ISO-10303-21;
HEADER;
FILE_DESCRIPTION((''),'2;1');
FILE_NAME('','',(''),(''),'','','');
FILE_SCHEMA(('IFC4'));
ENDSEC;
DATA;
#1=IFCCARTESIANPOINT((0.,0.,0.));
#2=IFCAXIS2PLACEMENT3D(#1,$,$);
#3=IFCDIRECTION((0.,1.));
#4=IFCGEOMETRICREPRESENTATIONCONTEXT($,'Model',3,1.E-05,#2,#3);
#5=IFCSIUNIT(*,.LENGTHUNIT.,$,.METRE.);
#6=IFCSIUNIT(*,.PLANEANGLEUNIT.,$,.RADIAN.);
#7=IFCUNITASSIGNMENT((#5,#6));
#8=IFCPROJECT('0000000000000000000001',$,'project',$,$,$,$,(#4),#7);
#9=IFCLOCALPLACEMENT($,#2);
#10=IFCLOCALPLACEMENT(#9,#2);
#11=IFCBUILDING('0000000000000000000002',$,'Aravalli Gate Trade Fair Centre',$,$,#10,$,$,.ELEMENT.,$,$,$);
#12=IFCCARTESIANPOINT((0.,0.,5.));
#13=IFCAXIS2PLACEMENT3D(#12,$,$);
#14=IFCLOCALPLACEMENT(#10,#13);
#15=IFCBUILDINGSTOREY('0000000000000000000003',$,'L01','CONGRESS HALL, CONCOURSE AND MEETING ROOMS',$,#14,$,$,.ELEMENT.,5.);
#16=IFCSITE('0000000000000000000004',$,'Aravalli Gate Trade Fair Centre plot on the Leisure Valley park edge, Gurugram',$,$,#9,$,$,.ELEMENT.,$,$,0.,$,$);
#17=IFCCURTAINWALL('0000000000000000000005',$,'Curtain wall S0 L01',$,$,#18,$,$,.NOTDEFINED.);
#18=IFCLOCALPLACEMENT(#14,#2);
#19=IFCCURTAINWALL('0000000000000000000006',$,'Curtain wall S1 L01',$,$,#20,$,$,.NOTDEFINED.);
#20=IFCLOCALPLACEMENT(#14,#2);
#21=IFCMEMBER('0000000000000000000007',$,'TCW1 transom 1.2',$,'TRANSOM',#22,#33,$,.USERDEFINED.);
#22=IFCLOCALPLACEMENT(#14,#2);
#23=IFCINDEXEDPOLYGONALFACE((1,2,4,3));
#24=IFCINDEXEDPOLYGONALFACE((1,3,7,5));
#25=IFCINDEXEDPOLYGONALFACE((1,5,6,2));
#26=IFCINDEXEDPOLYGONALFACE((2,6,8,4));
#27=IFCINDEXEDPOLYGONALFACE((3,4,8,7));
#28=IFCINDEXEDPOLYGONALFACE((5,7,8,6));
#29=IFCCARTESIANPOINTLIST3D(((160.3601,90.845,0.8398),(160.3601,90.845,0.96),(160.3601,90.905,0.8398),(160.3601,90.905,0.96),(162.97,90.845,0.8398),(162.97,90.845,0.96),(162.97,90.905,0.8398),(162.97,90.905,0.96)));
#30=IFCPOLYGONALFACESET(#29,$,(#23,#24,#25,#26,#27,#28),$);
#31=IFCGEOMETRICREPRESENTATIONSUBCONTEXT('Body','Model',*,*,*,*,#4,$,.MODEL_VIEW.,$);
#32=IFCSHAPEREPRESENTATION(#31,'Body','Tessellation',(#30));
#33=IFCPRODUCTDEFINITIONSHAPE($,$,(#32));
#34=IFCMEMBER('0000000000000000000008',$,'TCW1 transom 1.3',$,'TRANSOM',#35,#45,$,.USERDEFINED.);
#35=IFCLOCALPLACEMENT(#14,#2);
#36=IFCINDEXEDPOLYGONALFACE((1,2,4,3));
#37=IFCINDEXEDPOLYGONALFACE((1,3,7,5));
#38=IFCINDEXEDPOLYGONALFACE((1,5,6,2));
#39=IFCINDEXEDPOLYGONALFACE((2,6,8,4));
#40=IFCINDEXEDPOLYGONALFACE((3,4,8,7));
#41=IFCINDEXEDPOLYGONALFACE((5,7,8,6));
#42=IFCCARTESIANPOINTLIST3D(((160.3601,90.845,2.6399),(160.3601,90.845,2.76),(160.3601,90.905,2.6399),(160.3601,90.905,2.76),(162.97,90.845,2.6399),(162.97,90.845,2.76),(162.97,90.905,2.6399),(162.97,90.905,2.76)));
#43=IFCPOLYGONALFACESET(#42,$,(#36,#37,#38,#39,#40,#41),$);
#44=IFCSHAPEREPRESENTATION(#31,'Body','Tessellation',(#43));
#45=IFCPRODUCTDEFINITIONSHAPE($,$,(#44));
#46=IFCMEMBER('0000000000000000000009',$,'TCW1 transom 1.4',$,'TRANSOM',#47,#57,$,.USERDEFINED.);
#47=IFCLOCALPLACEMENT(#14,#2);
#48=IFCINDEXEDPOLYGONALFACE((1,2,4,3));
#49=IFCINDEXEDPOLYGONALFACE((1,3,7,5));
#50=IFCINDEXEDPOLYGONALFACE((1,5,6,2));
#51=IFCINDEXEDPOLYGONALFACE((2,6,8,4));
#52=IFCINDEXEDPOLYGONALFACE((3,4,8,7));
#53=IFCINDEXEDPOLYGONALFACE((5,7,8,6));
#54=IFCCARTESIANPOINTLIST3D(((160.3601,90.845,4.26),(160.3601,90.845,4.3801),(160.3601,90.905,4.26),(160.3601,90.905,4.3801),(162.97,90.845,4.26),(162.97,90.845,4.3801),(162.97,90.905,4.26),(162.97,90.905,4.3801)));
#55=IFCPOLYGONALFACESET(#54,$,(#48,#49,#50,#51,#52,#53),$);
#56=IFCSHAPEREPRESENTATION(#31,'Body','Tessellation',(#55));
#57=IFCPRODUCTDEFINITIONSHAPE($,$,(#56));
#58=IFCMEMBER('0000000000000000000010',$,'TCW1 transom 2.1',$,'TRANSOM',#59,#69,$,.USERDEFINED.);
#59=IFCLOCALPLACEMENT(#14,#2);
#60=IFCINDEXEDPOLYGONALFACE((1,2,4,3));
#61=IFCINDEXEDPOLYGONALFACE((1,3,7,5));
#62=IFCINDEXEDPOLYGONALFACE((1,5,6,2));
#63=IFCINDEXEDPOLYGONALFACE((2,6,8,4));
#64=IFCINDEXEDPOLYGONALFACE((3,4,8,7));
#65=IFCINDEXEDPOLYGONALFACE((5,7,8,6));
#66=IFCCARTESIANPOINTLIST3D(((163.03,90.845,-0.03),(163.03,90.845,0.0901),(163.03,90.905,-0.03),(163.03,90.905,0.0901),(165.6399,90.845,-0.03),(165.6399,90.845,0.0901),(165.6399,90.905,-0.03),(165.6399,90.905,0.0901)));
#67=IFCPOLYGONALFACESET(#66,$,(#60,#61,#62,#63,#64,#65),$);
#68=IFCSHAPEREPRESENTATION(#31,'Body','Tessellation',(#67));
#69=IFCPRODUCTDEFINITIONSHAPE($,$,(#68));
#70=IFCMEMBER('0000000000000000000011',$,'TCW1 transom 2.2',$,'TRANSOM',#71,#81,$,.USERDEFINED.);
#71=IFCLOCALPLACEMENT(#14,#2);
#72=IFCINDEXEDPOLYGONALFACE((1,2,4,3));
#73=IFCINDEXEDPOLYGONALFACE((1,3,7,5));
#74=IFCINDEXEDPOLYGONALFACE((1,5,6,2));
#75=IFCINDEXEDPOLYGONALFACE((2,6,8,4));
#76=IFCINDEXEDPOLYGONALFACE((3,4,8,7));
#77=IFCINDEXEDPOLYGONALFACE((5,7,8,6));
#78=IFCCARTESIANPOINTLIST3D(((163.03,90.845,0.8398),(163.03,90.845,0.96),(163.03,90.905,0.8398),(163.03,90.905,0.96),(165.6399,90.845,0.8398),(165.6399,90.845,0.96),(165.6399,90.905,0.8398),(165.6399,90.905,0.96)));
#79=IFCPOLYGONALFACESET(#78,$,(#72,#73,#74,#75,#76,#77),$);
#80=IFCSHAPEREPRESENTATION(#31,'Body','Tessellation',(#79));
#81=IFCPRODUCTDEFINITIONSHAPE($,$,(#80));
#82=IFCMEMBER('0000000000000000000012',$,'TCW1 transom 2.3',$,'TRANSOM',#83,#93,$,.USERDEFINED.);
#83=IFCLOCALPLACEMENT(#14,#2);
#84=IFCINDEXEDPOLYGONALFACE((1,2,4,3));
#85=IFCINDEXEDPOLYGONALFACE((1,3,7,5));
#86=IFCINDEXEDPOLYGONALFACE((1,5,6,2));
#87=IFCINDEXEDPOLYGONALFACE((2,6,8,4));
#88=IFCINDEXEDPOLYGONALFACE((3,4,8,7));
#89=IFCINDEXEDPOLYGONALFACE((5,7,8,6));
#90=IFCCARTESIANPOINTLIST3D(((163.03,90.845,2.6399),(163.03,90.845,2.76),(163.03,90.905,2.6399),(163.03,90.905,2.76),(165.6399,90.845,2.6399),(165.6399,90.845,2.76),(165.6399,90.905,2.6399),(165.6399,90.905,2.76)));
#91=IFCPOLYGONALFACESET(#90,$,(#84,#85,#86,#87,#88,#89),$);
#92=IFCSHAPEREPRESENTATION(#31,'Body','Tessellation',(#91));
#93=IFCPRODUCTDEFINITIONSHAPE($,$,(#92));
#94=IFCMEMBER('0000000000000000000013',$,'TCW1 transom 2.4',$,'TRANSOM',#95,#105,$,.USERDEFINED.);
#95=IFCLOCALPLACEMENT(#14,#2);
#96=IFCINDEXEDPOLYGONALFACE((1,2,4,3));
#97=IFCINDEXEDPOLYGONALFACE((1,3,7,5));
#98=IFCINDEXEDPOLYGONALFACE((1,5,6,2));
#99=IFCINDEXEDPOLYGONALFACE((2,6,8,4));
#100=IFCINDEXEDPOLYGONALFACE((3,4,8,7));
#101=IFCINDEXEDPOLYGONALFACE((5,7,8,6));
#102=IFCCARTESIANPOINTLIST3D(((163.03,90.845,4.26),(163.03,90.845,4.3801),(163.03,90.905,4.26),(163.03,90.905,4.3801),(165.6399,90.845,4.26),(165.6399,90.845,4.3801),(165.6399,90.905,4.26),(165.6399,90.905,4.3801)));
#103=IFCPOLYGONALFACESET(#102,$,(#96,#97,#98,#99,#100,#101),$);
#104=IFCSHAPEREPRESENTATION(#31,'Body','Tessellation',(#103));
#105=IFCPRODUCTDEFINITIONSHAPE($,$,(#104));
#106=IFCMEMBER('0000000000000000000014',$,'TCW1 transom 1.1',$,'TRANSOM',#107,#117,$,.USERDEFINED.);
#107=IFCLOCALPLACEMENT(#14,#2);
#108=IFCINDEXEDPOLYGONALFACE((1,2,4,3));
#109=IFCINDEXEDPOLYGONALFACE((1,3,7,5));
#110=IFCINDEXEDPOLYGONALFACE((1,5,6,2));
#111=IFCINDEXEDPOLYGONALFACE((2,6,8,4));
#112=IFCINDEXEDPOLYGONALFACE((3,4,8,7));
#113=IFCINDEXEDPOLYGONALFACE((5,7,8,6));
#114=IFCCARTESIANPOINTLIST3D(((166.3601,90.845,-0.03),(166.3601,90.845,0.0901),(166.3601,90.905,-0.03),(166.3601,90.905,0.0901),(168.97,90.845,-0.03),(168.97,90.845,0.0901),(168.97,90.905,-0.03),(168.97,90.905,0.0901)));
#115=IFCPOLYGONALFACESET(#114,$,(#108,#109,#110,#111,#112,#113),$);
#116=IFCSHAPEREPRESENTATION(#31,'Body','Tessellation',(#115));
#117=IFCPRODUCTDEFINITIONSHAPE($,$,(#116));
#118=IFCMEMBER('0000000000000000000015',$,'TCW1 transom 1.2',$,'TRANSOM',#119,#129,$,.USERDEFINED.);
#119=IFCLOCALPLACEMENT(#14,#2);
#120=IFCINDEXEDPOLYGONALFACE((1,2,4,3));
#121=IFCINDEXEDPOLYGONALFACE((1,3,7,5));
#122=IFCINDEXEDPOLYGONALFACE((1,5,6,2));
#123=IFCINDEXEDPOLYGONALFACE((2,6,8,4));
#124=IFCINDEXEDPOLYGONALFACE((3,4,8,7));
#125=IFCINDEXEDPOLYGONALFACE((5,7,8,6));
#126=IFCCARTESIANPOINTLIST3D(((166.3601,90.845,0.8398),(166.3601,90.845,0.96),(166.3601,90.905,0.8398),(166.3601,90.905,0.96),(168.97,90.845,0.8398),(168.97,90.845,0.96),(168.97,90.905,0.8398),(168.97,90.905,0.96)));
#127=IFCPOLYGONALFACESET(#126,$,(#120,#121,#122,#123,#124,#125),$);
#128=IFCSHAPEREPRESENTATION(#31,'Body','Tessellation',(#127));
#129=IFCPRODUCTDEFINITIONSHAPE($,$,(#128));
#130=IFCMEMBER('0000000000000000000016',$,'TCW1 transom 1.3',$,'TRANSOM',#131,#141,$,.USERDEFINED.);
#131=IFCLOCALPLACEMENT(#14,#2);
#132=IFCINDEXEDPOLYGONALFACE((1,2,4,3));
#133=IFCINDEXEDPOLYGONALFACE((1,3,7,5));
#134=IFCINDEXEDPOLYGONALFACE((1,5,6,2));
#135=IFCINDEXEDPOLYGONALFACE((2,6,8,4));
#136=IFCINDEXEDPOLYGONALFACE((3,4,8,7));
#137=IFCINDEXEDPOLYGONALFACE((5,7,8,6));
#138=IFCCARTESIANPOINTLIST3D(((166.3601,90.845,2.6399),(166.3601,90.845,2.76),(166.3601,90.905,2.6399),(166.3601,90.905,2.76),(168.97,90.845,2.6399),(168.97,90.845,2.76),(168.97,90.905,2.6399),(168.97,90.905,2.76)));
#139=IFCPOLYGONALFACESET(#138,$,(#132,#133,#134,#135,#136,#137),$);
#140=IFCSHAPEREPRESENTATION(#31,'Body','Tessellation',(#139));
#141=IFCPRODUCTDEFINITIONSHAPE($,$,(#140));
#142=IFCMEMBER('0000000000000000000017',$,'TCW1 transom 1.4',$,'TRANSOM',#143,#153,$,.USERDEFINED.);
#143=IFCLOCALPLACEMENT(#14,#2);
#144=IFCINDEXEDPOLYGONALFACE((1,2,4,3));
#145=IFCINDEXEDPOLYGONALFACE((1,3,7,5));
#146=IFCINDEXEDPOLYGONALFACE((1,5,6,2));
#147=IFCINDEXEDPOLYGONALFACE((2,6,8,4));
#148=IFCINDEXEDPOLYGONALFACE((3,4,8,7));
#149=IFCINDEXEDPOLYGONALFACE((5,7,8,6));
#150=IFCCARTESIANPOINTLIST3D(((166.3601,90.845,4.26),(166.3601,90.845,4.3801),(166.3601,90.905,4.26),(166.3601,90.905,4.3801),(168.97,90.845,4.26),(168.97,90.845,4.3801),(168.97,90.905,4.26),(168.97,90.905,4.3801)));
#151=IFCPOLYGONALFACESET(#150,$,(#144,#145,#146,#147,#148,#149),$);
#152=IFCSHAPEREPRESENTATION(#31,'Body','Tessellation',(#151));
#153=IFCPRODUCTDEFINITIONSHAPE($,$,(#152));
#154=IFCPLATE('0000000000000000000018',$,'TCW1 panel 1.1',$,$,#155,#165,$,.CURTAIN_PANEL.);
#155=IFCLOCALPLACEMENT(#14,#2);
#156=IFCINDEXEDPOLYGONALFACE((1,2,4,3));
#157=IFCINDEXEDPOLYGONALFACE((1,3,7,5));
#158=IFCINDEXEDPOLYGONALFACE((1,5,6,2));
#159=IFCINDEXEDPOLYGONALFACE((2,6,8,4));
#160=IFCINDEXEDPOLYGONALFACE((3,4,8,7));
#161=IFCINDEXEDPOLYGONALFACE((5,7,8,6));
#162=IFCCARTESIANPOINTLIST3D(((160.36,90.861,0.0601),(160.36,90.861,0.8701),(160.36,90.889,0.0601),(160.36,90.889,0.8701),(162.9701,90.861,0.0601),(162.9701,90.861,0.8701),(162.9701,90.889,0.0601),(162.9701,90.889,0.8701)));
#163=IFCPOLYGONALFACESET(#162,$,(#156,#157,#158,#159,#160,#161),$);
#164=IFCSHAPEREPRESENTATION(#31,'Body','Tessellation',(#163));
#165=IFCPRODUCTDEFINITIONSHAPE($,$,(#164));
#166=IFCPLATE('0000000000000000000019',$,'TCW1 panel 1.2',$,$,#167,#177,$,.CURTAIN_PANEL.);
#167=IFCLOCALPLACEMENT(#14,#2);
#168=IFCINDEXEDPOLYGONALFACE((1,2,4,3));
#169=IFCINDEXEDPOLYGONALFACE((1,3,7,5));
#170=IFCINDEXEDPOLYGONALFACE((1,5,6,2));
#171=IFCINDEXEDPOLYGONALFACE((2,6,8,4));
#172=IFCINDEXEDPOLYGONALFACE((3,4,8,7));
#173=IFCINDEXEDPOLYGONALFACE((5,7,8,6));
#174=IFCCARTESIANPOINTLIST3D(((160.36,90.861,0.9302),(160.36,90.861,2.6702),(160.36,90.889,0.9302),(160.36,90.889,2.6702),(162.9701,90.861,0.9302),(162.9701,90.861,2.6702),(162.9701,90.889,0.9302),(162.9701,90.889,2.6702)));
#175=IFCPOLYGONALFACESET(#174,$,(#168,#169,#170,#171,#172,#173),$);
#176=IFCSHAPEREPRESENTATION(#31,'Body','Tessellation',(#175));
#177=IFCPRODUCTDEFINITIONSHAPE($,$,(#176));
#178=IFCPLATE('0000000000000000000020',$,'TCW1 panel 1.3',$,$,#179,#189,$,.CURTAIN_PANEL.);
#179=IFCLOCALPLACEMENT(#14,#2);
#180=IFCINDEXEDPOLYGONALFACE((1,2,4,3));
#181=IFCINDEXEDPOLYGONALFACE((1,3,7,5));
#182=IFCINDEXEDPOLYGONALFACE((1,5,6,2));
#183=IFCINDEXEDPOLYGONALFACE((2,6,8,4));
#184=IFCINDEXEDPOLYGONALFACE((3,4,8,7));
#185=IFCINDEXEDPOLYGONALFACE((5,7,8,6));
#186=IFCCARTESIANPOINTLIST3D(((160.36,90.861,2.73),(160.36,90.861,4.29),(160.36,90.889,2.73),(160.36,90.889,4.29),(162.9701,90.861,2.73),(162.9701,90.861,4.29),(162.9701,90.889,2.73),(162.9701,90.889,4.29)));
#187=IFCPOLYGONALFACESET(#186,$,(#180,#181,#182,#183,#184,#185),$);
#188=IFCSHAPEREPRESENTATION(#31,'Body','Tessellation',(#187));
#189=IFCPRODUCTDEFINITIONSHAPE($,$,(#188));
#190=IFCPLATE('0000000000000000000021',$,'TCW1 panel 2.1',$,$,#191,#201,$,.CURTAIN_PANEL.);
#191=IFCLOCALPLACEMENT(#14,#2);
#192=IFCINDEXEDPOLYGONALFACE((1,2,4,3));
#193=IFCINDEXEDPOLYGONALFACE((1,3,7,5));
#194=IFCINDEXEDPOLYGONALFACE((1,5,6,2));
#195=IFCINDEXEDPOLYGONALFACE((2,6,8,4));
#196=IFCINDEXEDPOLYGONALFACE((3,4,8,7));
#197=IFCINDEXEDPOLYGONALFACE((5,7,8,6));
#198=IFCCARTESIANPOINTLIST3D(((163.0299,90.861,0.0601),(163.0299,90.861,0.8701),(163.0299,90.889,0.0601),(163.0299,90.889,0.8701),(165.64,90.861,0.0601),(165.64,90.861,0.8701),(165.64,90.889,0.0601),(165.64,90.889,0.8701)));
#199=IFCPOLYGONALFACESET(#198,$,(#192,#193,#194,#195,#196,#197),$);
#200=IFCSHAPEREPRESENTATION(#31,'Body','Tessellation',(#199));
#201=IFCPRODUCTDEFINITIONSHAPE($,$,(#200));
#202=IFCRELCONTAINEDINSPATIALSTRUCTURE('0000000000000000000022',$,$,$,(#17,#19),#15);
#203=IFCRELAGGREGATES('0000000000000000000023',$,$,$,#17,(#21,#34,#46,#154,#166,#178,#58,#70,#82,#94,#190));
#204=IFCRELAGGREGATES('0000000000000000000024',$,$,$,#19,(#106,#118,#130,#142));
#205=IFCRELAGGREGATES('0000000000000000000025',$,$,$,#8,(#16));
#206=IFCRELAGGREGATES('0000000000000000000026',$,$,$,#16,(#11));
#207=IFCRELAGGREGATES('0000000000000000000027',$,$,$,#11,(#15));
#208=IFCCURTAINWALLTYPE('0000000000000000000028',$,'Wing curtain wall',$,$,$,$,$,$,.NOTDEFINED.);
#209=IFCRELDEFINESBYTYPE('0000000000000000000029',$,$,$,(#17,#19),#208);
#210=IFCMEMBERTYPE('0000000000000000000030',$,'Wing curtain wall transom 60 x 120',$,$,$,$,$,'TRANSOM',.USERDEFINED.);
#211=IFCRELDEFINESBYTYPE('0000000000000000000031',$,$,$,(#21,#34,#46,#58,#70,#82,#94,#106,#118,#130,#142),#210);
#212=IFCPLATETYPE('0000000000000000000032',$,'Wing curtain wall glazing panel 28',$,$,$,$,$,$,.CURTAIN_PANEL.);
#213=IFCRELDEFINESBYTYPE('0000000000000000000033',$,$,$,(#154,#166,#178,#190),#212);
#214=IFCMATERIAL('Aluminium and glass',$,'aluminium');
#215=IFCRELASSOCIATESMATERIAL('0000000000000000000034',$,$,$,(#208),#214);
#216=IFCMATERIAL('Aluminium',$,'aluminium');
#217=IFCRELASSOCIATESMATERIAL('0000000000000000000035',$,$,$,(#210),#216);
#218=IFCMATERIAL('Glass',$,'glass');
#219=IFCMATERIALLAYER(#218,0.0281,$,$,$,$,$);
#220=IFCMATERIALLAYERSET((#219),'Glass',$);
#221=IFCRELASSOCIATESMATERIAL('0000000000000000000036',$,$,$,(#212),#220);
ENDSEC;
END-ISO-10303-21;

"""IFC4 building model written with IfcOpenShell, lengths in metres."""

from ifc_helpers import new_model, si_unit, direction, frame, origin, origin_2d, place, context, subcontext, project, spatial, rectangle, extrude, material, layer, layer_set, material_profile, profile_set, type_object, element, aggregate, save


model = new_model("IFC4")

# Units and contexts
model_context = context("Model", 3, precision=1e-05, world=origin(), true_north=direction((0.0, 1.0)))
body_context = subcontext(model_context, "Body", "Model", "MODEL_VIEW")
ifc_project = project(units=[si_unit("LENGTHUNIT", "METRE"), si_unit("PLANEANGLEUNIT", "RADIAN")], contexts=[model_context])

# Site, building, storey
site_placement = place(None, origin())
site = spatial("IfcSite", under=ifc_project, at=site_placement, Name="Aravalli Gate Trade Fair Centre plot on the Leisure Valley park edge, Gurugram", CompositionType="ELEMENT", RefElevation=0.0)
building_placement = place(site_placement, origin())
building = spatial("IfcBuilding", under=site, at=building_placement, Name="Aravalli Gate Trade Fair Centre", CompositionType="ELEMENT")
storey_placement = place(building_placement, frame((0.0, 0.0, 5.0)))
storey = spatial("IfcBuildingStorey", under=building, at=storey_placement, Name="L01", Description="CONGRESS HALL, CONCOURSE AND MEETING ROOMS", CompositionType="ELEMENT", Elevation=5.0)

# Curtain wall
ifc_material_1 = material(Name="Aluminium and glass", Category="aluminium")
curtain_wall_type = type_object("IfcCurtainWallType", Name="Wing curtain wall", PredefinedType="NOTDEFINED", material=ifc_material_1)
curtain_wall_1_placement = place(storey_placement, origin())
curtain_wall_1 = element("IfcCurtainWall", 1, at=curtain_wall_1_placement, inside=storey, type_object=curtain_wall_type, Name="Curtain wall S0 L01", PredefinedType="NOTDEFINED")
ifc_material_2 = material(Name="Aluminium", Category="aluminium")

# Curtain wall
curtain_wall_2_placement = place(storey_placement, origin())
curtain_wall_2 = element("IfcCurtainWall", 2, at=curtain_wall_2_placement, inside=storey, type_object=curtain_wall_type, Name="Curtain wall S1 L01", PredefinedType="NOTDEFINED")

# Members
ifc_material_profile_1 = material_profile(ifc_material_2, rectangle(XDim=0.0601, YDim=0.1201, at=origin_2d()), Name="Wing curtain wall transom 60 x 120")
ifc_profile_set_1 = profile_set([ifc_material_profile_1], Name="Aluminium")
member_type_1 = type_object("IfcMemberType", Name="Wing curtain wall transom 60 x 120", ElementType="TRANSOM", PredefinedType="USERDEFINED", material=ifc_profile_set_1)
member_1_placement = place(storey_placement, frame((160.3601, 90.875, 0.8999), z_axis=(1.0, 0.0, 0.0), x_axis=(0.0, 1.0, 0.0)))
member_1 = element("IfcMember", 3, at=member_1_placement, type_object=member_type_1, Name="TCW1 transom 1.2", ObjectType="TRANSOM", PredefinedType="USERDEFINED", context=body_context, shape_type="SweptSolid", body=[
    extrude(rectangle(XDim=0.0601, YDim=0.1201, at=origin_2d()), origin(), (0.0, 0.0, 1.0), 2.6099),
])
member_2_placement = place(storey_placement, frame((160.3601, 90.875, 2.7), z_axis=(1.0, 0.0, 0.0), x_axis=(0.0, 1.0, 0.0)))
member_2 = element("IfcMember", 4, at=member_2_placement, type_object=member_type_1, Name="TCW1 transom 1.3", ObjectType="TRANSOM", PredefinedType="USERDEFINED", context=body_context, shape_type="SweptSolid", body=[
    extrude(rectangle(XDim=0.0601, YDim=0.1201, at=origin_2d()), origin(), (0.0, 0.0, 1.0), 2.6099),
])
member_3_placement = place(storey_placement, frame((160.3601, 90.875, 4.3201), z_axis=(1.0, 0.0, 0.0), x_axis=(0.0, 1.0, 0.0)))
member_3 = element("IfcMember", 5, at=member_3_placement, type_object=member_type_1, Name="TCW1 transom 1.4", ObjectType="TRANSOM", PredefinedType="USERDEFINED", context=body_context, shape_type="SweptSolid", body=[
    extrude(rectangle(XDim=0.0601, YDim=0.1201, at=origin_2d()), origin(), (0.0, 0.0, 1.0), 2.6099),
])
member_4_placement = place(storey_placement, frame((163.03, 90.875, 0.03), z_axis=(1.0, 0.0, 0.0), x_axis=(0.0, 1.0, 0.0)))
member_4 = element("IfcMember", 6, at=member_4_placement, type_object=member_type_1, Name="TCW1 transom 2.1", ObjectType="TRANSOM", PredefinedType="USERDEFINED", context=body_context, shape_type="SweptSolid", body=[
    extrude(rectangle(XDim=0.0601, YDim=0.1201, at=origin_2d()), origin(), (0.0, 0.0, 1.0), 2.6099),
])
member_5_placement = place(storey_placement, frame((163.03, 90.875, 0.8999), z_axis=(1.0, 0.0, 0.0), x_axis=(0.0, 1.0, 0.0)))
member_5 = element("IfcMember", 7, at=member_5_placement, type_object=member_type_1, Name="TCW1 transom 2.2", ObjectType="TRANSOM", PredefinedType="USERDEFINED", context=body_context, shape_type="SweptSolid", body=[
    extrude(rectangle(XDim=0.0601, YDim=0.1201, at=origin_2d()), origin(), (0.0, 0.0, 1.0), 2.6099),
])
member_6_placement = place(storey_placement, frame((163.03, 90.875, 2.7), z_axis=(1.0, 0.0, 0.0), x_axis=(0.0, 1.0, 0.0)))
member_6 = element("IfcMember", 8, at=member_6_placement, type_object=member_type_1, Name="TCW1 transom 2.3", ObjectType="TRANSOM", PredefinedType="USERDEFINED", context=body_context, shape_type="SweptSolid", body=[
    extrude(rectangle(XDim=0.0601, YDim=0.1201, at=origin_2d()), origin(), (0.0, 0.0, 1.0), 2.6099),
])
member_7_placement = place(storey_placement, frame((163.03, 90.875, 4.3201), z_axis=(1.0, 0.0, 0.0), x_axis=(0.0, 1.0, 0.0)))
member_7 = element("IfcMember", 9, at=member_7_placement, type_object=member_type_1, Name="TCW1 transom 2.4", ObjectType="TRANSOM", PredefinedType="USERDEFINED", context=body_context, shape_type="SweptSolid", body=[
    extrude(rectangle(XDim=0.0601, YDim=0.1201, at=origin_2d()), origin(), (0.0, 0.0, 1.0), 2.6099),
])
member_8_placement = place(storey_placement, frame((166.3601, 90.875, 0.03), z_axis=(1.0, 0.0, 0.0), x_axis=(0.0, 1.0, 0.0)))
member_8 = element("IfcMember", 10, at=member_8_placement, type_object=member_type_1, Name="TCW1 transom 1.1", ObjectType="TRANSOM", PredefinedType="USERDEFINED", context=body_context, shape_type="SweptSolid", body=[
    extrude(rectangle(XDim=0.0601, YDim=0.1201, at=origin_2d()), origin(), (0.0, 0.0, 1.0), 2.6099),
])
member_9_placement = place(storey_placement, frame((166.3601, 90.875, 0.8999), z_axis=(1.0, 0.0, 0.0), x_axis=(0.0, 1.0, 0.0)))
member_9 = element("IfcMember", 11, at=member_9_placement, type_object=member_type_1, Name="TCW1 transom 1.2", ObjectType="TRANSOM", PredefinedType="USERDEFINED", context=body_context, shape_type="SweptSolid", body=[
    extrude(rectangle(XDim=0.0601, YDim=0.1201, at=origin_2d()), origin(), (0.0, 0.0, 1.0), 2.6099),
])
member_10_placement = place(storey_placement, frame((166.3601, 90.875, 2.7), z_axis=(1.0, 0.0, 0.0), x_axis=(0.0, 1.0, 0.0)))
member_10 = element("IfcMember", 12, at=member_10_placement, type_object=member_type_1, Name="TCW1 transom 1.3", ObjectType="TRANSOM", PredefinedType="USERDEFINED", context=body_context, shape_type="SweptSolid", body=[
    extrude(rectangle(XDim=0.0601, YDim=0.1201, at=origin_2d()), origin(), (0.0, 0.0, 1.0), 2.6099),
])
member_11_placement = place(storey_placement, frame((166.3601, 90.875, 4.3201), z_axis=(1.0, 0.0, 0.0), x_axis=(0.0, 1.0, 0.0)))
member_11 = element("IfcMember", 13, at=member_11_placement, type_object=member_type_1, Name="TCW1 transom 1.4", ObjectType="TRANSOM", PredefinedType="USERDEFINED", context=body_context, shape_type="SweptSolid", body=[
    extrude(rectangle(XDim=0.0601, YDim=0.1201, at=origin_2d()), origin(), (0.0, 0.0, 1.0), 2.6099),
])

# Plates
ifc_material_3 = material(Name="Glass", Category="glass")
ifc_layer = layer(ifc_material_3, 0.0281)
ifc_layer_set = layer_set([ifc_layer], Name="Glass")
plate_type = type_object("IfcPlateType", Name="Wing curtain wall glazing panel 28", PredefinedType="CURTAIN_PANEL", material=ifc_layer_set)
plate_1_placement = place(storey_placement, frame((161.665, 90.875, 0.0601), z_axis=(0.0, 0.0, 1.0), x_axis=(1.0, 0.0, 0.0)))
plate_1 = element("IfcPlate", 14, at=plate_1_placement, type_object=plate_type, Name="TCW1 panel 1.1", PredefinedType="CURTAIN_PANEL", context=body_context, shape_type="SweptSolid", body=[
    extrude(rectangle(XDim=2.6101, YDim=0.0281, at=origin_2d()), origin(), (0.0, 0.0, 1.0), 0.8101),
])
plate_2_placement = place(storey_placement, frame((161.665, 90.875, 0.9302), z_axis=(0.0, 0.0, 1.0), x_axis=(1.0, 0.0, 0.0)))
plate_2 = element("IfcPlate", 15, at=plate_2_placement, type_object=plate_type, Name="TCW1 panel 1.2", PredefinedType="CURTAIN_PANEL", context=body_context, shape_type="SweptSolid", body=[
    extrude(rectangle(XDim=2.6101, YDim=0.0281, at=origin_2d()), origin(), (0.0, 0.0, 1.0), 1.74),
])
plate_3_placement = place(storey_placement, frame((161.665, 90.875, 2.73), z_axis=(0.0, 0.0, 1.0), x_axis=(1.0, 0.0, 0.0)))
plate_3 = element("IfcPlate", 16, at=plate_3_placement, type_object=plate_type, Name="TCW1 panel 1.3", PredefinedType="CURTAIN_PANEL", context=body_context, shape_type="SweptSolid", body=[
    extrude(rectangle(XDim=2.6101, YDim=0.0281, at=origin_2d()), origin(), (0.0, 0.0, 1.0), 1.5601),
])
plate_4_placement = place(storey_placement, frame((164.335, 90.875, 0.0601), z_axis=(0.0, 0.0, 1.0), x_axis=(1.0, 0.0, 0.0)))
plate_4 = element("IfcPlate", 17, at=plate_4_placement, type_object=plate_type, Name="TCW1 panel 2.1", PredefinedType="CURTAIN_PANEL", context=body_context, shape_type="SweptSolid", body=[
    extrude(rectangle(XDim=2.6101, YDim=0.0281, at=origin_2d()), origin(), (0.0, 0.0, 1.0), 0.8101),
])
aggregate(curtain_wall_1, [member_1, member_2, member_3, plate_1, plate_2, plate_3, member_4, member_5, member_6, member_7, plate_4])
aggregate(curtain_wall_2, [member_8, member_9, member_10, member_11])

save(model, "model.ifc")
